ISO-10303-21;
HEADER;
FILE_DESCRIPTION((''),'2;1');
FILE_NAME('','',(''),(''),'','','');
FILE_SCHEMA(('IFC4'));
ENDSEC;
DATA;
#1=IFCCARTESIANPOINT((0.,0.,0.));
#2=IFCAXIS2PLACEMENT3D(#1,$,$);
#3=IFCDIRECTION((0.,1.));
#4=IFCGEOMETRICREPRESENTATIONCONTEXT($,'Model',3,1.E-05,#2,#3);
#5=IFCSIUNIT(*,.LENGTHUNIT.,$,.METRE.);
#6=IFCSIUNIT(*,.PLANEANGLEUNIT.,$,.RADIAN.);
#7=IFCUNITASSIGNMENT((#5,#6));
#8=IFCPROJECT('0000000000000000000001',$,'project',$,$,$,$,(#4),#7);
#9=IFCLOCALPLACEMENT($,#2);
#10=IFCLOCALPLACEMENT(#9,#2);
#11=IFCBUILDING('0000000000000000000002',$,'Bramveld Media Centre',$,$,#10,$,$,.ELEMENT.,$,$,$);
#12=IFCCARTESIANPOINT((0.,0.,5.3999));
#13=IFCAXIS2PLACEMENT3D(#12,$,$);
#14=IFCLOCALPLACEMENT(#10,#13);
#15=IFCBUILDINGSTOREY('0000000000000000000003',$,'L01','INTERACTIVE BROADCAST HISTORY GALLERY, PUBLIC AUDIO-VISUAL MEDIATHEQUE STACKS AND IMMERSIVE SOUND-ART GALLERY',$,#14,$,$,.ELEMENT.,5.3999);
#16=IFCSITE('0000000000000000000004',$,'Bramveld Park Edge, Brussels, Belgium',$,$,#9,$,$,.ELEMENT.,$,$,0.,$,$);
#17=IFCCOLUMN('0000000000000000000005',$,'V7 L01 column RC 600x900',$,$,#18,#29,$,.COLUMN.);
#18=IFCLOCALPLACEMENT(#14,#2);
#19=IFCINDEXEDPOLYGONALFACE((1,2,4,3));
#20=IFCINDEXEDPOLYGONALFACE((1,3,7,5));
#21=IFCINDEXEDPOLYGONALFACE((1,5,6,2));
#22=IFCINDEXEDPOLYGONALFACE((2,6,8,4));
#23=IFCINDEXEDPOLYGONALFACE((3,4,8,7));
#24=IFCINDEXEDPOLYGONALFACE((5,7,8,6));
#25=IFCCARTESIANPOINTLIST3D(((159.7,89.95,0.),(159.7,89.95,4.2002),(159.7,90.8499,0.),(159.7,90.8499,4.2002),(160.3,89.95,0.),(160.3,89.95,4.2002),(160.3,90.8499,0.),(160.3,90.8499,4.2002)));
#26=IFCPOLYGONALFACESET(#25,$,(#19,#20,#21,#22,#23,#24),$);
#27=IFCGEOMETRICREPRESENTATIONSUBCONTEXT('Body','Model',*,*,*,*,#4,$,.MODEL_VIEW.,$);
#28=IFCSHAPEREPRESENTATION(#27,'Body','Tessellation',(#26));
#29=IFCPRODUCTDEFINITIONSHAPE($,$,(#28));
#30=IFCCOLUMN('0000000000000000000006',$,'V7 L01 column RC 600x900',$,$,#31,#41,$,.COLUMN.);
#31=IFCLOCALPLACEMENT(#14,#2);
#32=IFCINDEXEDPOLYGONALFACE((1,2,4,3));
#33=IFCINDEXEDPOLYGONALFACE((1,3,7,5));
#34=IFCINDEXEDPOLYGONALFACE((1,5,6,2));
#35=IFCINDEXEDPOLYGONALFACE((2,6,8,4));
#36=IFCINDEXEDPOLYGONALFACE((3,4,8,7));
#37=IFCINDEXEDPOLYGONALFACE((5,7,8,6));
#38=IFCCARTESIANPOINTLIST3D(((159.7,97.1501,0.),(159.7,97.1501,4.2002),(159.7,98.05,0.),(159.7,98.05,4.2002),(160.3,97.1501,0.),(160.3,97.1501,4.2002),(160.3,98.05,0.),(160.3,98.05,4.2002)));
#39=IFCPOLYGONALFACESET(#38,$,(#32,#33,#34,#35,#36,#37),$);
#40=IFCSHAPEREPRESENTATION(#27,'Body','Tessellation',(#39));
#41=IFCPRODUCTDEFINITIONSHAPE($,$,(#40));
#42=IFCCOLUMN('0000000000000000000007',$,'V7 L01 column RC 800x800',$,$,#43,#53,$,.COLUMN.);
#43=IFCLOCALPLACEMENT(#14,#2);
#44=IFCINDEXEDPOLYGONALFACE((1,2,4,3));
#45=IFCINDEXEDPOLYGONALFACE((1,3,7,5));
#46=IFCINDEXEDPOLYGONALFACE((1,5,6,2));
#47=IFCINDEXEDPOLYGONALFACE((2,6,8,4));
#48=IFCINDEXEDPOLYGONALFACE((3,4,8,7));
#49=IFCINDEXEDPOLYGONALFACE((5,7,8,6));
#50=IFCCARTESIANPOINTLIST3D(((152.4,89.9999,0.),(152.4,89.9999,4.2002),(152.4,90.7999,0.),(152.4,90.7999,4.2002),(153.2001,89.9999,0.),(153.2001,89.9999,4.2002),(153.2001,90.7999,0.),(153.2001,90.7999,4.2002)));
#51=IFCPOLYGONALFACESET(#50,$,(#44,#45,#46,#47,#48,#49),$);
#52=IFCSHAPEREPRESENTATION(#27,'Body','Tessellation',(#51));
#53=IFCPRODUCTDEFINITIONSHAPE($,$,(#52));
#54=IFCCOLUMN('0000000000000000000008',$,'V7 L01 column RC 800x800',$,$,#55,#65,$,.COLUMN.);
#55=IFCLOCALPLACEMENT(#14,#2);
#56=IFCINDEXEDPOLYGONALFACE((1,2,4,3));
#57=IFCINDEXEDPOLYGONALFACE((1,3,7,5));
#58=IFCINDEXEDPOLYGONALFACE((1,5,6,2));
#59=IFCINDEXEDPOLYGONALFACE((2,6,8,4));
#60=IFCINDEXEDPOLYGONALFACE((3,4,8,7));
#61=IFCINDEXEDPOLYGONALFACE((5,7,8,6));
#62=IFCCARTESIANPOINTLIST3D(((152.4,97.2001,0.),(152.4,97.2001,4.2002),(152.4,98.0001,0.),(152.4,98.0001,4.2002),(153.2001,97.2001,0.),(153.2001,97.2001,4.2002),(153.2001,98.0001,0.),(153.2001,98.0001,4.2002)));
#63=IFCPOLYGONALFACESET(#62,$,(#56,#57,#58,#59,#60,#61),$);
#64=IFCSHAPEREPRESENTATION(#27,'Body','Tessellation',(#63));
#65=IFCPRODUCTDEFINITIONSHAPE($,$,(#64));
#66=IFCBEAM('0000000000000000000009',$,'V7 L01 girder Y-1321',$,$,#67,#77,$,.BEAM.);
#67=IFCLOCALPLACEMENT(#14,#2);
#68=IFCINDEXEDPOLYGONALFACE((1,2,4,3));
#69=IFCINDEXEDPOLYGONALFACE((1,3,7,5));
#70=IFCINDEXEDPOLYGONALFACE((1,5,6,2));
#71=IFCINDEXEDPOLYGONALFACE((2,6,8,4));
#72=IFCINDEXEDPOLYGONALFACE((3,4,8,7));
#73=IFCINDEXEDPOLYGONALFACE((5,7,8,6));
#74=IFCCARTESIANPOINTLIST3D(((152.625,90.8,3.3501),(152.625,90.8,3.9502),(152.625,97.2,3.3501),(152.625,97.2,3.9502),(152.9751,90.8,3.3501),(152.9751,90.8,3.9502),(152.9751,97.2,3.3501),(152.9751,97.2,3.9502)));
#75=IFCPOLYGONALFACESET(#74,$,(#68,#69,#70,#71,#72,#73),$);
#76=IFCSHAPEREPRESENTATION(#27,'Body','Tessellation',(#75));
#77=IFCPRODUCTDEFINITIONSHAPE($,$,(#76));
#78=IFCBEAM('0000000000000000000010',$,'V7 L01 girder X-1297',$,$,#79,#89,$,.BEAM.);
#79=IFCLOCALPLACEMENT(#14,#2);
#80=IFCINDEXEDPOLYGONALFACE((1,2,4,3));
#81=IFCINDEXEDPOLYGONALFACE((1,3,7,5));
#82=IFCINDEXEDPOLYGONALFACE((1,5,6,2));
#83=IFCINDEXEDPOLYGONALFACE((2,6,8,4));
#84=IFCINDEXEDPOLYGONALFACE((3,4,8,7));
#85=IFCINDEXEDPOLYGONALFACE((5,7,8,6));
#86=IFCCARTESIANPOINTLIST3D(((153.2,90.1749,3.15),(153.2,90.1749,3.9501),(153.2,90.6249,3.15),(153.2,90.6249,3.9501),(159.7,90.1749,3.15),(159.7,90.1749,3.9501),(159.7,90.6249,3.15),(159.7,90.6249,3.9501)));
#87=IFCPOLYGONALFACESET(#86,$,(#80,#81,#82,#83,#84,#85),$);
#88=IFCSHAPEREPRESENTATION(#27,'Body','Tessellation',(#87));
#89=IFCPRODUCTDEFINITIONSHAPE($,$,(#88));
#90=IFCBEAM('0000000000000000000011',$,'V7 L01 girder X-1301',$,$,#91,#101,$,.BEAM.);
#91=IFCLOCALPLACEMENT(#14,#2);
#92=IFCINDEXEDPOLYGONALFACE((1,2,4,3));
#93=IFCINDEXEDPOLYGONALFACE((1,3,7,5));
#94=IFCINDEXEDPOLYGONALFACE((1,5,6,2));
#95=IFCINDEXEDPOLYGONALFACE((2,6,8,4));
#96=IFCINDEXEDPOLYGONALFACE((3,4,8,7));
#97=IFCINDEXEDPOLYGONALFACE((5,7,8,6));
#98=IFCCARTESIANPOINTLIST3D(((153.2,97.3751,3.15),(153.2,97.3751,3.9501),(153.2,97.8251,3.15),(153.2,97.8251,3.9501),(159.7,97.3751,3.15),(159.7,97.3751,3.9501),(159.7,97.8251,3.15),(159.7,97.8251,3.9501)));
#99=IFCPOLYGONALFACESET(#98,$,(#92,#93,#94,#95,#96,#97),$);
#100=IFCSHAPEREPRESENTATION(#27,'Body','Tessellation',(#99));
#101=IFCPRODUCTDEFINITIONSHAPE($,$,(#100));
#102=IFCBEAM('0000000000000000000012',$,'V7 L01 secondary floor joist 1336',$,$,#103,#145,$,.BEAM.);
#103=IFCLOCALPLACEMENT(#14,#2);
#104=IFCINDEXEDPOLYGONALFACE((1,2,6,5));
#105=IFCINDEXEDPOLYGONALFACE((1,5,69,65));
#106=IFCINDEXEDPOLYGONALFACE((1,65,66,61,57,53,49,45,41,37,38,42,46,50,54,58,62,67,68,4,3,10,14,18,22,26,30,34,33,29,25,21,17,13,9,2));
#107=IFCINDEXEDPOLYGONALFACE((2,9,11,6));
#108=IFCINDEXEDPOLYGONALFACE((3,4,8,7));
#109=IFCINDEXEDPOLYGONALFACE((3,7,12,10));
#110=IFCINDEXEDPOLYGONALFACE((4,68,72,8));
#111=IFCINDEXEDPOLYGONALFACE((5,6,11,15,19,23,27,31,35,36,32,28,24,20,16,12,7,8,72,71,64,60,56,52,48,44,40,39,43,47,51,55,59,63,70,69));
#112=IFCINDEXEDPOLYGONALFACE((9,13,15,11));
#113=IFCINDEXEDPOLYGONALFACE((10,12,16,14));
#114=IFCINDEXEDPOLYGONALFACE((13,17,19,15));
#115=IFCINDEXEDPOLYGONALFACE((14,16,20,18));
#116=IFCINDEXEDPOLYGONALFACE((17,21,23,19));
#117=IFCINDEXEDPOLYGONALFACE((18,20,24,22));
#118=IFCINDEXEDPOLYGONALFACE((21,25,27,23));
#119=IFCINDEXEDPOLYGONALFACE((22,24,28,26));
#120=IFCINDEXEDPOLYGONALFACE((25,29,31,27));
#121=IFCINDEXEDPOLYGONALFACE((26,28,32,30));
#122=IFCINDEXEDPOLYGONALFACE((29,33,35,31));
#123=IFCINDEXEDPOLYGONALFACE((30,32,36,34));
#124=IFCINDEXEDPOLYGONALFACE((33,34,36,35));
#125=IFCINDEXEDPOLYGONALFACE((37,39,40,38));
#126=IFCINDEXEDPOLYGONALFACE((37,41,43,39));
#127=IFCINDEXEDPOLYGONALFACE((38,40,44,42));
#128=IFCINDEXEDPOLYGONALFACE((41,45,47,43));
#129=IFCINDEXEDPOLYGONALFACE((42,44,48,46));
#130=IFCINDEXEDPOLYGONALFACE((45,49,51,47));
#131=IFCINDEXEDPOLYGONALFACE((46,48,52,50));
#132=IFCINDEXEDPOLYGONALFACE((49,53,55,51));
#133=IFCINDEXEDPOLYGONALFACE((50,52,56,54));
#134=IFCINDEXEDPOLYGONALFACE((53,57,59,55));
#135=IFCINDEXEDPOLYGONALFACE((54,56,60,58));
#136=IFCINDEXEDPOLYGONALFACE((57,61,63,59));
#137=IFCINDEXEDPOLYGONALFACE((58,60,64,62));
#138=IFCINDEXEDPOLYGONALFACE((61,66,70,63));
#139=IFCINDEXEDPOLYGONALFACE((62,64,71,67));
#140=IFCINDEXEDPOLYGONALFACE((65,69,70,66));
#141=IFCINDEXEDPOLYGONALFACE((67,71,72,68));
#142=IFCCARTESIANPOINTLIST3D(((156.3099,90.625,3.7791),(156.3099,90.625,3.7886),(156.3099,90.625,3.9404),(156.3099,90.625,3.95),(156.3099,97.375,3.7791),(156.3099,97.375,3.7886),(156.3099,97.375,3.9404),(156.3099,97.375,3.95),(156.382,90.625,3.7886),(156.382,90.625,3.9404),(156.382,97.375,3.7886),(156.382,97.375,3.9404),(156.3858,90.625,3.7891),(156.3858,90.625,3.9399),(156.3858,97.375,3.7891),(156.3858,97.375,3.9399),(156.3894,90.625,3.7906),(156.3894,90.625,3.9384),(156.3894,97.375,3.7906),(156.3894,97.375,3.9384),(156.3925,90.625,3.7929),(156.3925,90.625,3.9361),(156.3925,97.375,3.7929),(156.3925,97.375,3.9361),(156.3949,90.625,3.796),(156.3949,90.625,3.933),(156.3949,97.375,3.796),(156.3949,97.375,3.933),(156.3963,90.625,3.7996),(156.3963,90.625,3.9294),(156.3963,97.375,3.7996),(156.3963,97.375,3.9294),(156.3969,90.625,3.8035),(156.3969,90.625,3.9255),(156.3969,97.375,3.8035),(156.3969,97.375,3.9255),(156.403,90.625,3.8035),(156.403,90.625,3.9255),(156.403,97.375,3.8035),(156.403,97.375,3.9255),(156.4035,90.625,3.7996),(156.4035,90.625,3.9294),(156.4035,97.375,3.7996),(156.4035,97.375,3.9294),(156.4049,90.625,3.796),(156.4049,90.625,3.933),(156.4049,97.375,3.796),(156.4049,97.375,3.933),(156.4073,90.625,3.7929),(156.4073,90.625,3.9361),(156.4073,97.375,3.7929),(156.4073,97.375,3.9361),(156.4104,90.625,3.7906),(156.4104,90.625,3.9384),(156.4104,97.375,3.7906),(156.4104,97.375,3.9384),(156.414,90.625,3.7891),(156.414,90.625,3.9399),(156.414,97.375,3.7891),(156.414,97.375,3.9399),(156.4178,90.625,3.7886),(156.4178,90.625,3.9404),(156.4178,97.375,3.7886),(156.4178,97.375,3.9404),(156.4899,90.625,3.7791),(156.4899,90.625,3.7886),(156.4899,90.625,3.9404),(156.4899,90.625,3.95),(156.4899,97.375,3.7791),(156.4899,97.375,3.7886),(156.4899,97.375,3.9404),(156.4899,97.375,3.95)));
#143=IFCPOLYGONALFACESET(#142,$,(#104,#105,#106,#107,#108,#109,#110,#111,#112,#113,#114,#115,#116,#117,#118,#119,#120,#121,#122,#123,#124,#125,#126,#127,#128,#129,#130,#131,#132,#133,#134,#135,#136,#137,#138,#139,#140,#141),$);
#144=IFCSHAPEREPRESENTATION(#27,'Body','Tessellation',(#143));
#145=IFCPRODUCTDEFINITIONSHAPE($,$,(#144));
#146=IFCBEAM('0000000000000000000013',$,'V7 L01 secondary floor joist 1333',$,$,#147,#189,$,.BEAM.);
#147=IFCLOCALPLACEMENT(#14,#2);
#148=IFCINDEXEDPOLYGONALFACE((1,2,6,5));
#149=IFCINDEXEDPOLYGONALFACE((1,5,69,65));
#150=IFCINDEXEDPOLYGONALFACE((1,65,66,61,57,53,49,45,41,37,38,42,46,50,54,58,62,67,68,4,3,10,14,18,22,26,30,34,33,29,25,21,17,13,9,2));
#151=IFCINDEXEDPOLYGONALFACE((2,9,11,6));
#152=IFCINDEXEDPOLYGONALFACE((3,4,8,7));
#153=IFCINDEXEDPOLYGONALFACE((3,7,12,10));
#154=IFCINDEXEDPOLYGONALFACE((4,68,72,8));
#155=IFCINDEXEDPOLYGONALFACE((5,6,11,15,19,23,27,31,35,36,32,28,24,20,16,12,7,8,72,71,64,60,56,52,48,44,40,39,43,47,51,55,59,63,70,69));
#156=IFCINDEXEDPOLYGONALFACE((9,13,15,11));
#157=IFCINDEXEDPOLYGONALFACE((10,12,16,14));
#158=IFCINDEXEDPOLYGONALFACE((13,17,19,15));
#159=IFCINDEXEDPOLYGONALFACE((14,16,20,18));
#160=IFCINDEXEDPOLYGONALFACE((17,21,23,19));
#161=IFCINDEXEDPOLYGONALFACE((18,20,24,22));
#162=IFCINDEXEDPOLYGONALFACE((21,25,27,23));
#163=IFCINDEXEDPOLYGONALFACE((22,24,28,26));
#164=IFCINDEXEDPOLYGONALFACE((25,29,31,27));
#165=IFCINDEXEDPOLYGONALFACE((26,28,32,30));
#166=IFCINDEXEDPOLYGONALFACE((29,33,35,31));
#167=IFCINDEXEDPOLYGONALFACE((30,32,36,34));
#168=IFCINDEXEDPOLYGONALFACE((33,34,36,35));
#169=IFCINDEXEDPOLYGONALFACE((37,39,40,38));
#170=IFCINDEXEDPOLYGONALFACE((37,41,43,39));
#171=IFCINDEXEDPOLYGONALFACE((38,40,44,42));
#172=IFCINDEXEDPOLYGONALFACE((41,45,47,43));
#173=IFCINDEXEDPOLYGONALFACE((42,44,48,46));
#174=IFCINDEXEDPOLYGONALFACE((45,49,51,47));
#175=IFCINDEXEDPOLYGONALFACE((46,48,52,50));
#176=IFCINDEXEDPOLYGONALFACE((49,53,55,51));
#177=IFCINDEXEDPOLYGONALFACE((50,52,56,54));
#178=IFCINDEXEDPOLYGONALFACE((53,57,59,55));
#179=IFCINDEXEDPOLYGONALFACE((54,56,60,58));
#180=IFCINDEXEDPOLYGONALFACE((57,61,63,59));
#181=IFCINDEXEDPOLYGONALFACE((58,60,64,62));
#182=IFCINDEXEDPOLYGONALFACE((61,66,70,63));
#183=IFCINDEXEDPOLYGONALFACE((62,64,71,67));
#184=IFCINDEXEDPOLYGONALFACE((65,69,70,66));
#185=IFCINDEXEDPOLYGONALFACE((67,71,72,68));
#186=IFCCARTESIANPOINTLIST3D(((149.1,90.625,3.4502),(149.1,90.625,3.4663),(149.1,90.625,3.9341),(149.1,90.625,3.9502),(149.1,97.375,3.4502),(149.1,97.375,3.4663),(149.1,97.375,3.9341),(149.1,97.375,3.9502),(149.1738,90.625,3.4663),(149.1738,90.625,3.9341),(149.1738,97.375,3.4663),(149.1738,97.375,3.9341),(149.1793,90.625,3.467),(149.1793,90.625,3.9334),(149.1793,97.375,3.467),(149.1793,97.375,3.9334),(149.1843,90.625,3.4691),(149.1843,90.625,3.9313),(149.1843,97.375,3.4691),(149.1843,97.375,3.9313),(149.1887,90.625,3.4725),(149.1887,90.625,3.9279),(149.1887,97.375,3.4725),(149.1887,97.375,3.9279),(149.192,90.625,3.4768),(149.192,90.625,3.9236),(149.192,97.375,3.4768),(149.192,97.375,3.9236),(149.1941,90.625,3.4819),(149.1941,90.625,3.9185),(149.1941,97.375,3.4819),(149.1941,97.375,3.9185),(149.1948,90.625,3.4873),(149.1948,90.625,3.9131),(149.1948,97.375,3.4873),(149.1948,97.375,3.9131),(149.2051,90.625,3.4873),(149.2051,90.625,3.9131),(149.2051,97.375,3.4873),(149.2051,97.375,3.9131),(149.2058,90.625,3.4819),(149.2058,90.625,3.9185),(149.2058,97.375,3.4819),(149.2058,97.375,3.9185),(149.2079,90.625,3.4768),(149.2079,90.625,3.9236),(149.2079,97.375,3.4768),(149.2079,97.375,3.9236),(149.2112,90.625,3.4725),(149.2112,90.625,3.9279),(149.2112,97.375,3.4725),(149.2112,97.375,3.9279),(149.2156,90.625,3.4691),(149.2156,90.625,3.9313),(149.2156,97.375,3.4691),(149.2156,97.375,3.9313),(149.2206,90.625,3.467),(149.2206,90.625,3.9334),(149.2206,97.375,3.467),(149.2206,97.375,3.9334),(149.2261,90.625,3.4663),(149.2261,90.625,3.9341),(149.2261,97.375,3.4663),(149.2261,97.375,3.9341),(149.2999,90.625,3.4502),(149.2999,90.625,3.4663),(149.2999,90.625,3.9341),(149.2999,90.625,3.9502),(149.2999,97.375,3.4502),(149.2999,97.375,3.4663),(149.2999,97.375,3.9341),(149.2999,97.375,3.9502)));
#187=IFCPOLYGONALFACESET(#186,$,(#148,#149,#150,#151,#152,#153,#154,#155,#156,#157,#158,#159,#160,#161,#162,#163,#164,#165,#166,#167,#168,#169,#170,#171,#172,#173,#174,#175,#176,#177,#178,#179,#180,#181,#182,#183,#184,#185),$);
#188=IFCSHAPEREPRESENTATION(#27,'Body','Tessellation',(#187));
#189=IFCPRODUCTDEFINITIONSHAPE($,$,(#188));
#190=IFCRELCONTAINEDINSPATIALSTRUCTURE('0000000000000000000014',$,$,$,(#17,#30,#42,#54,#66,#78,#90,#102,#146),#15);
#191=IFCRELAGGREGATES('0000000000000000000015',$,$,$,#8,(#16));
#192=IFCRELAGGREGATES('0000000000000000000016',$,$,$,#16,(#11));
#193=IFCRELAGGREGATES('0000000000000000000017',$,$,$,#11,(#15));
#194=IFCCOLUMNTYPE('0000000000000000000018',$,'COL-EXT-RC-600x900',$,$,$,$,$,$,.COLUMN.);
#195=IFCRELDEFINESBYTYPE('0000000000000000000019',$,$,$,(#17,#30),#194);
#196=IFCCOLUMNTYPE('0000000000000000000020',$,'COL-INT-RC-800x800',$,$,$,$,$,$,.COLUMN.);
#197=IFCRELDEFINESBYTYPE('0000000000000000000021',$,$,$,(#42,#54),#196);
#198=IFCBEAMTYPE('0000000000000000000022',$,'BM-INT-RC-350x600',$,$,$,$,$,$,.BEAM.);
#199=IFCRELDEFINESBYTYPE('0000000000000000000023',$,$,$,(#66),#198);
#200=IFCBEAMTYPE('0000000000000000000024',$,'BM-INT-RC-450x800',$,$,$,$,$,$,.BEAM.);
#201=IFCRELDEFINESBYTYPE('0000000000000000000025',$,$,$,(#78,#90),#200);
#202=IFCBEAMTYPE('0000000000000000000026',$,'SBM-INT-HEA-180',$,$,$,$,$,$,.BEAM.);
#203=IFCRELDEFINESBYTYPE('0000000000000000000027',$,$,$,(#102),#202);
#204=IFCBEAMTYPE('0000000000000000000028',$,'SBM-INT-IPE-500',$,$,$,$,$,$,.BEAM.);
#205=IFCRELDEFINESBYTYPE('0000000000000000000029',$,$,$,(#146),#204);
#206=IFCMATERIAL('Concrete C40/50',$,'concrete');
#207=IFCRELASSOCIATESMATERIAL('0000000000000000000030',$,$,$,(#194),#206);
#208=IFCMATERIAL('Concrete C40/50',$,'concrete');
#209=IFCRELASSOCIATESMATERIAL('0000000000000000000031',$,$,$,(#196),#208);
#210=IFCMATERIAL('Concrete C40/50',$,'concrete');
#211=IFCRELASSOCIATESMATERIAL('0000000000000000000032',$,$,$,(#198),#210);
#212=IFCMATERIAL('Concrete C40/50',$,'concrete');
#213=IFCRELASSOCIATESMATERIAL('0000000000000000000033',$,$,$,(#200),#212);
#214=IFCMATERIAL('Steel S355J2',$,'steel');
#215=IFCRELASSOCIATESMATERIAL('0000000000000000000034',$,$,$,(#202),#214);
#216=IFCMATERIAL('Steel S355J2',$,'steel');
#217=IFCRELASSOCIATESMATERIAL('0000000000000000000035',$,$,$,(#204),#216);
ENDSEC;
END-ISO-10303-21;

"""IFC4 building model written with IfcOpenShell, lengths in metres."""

from ifc_helpers import new_model, si_unit, direction, frame, origin, origin_2d, place, context, subcontext, project, spatial, rectangle, i_section, extrude, material, material_profile, profile_set, type_object, element, save


model = new_model("IFC4")

# Units and contexts
model_context = context("Model", 3, precision=1e-05, world=origin(), true_north=direction((0.0, 1.0)))
body_context = subcontext(model_context, "Body", "Model", "MODEL_VIEW")
ifc_project = project(units=[si_unit("LENGTHUNIT", "METRE"), si_unit("PLANEANGLEUNIT", "RADIAN")], contexts=[model_context])

# Site, building, storey
site_placement = place(None, origin())
site = spatial("IfcSite", under=ifc_project, at=site_placement, Name="Bramveld Park Edge, Brussels, Belgium", CompositionType="ELEMENT", RefElevation=0.0)
building_placement = place(site_placement, origin())
building = spatial("IfcBuilding", under=site, at=building_placement, Name="Bramveld Media Centre", CompositionType="ELEMENT")
storey_placement = place(building_placement, frame((0.0, 0.0, 5.3999)))
storey = spatial("IfcBuildingStorey", under=building, at=storey_placement, Name="L01", Description="INTERACTIVE BROADCAST HISTORY GALLERY, PUBLIC AUDIO-VISUAL MEDIATHEQUE STACKS AND IMMERSIVE SOUND-ART GALLERY", CompositionType="ELEMENT", Elevation=5.3999)

# Columns
ifc_material_1 = material(Name="Concrete C40/50", Category="concrete")
ifc_material_profile_1 = material_profile(ifc_material_1, rectangle(XDim=0.6001, YDim=0.8999, at=origin_2d()), Name="RC 600x900")
ifc_profile_set_1 = profile_set([ifc_material_profile_1], Name="Concrete C40/50")
column_type_1 = type_object("IfcColumnType", Name="COL-EXT-RC-600x900", PredefinedType="COLUMN", material=ifc_profile_set_1)
for number, where, z_axis, x_axis, name in (
    (1, (160.0, 90.3999, 0.0), (0.0, 0.0, 1.0), (1.0, 0.0, 0.0), "V7 L01 column RC 600x900"),
    (2, (160.0, 97.6001, 0.0), (0.0, 0.0, 1.0), (1.0, 0.0, 0.0), "V7 L01 column RC 600x900"),
):
    element("IfcColumn", number, at=place(storey_placement, frame(where, z_axis=z_axis, x_axis=x_axis)), inside=storey, type_object=column_type_1, Name=name, PredefinedType="COLUMN", context=body_context, shape_type="SweptSolid", body=[
        extrude(rectangle(XDim=0.6001, YDim=0.8999, at=origin_2d()), origin(), (0.0, 0.0, 1.0), 4.2002),
    ])
ifc_material_2 = material(Name="Concrete C40/50", Category="concrete")
ifc_material_profile_2 = material_profile(ifc_material_2, rectangle(XDim=0.8, YDim=0.8, at=origin_2d()), Name="RC 800x800")
ifc_profile_set_2 = profile_set([ifc_material_profile_2], Name="Concrete C40/50")
column_type_2 = type_object("IfcColumnType", Name="COL-INT-RC-800x800", PredefinedType="COLUMN", material=ifc_profile_set_2)
for number, where, z_axis, x_axis, name in (
    (3, (152.8, 90.3999, 0.0), (0.0, 0.0, 1.0), (1.0, 0.0, 0.0), "V7 L01 column RC 800x800"),
    (4, (152.8, 97.6001, 0.0), (0.0, 0.0, 1.0), (1.0, 0.0, 0.0), "V7 L01 column RC 800x800"),
):
    element("IfcColumn", number, at=place(storey_placement, frame(where, z_axis=z_axis, x_axis=x_axis)), inside=storey, type_object=column_type_2, Name=name, PredefinedType="COLUMN", context=body_context, shape_type="SweptSolid", body=[
        extrude(rectangle(XDim=0.8, YDim=0.8, at=origin_2d()), origin(), (0.0, 0.0, 1.0), 4.2002),
    ])

# Beams
ifc_material_3 = material(Name="Concrete C40/50", Category="concrete")
ifc_material_profile_3 = material_profile(ifc_material_3, rectangle(XDim=0.3501, YDim=0.6001, at=origin_2d()), Name="RC 350x600")
ifc_profile_set_3 = profile_set([ifc_material_profile_3], Name="Concrete C40/50")
beam_type_1 = type_object("IfcBeamType", Name="BM-INT-RC-350x600", PredefinedType="BEAM", material=ifc_profile_set_3)
beam_1_placement = place(storey_placement, frame((152.8, 90.8, 3.6501), z_axis=(0.0, 1.0, 0.0), x_axis=(-1.0, 0.0, 0.0)))
element("IfcBeam", 5, at=beam_1_placement, inside=storey, type_object=beam_type_1, Name="V7 L01 girder Y-1321", PredefinedType="BEAM", context=body_context, shape_type="SweptSolid", body=[
    extrude(rectangle(XDim=0.3501, YDim=0.6001, at=origin_2d()), origin(), (0.0, 0.0, 1.0), 6.3999),
])
ifc_material_4 = material(Name="Concrete C40/50", Category="concrete")
ifc_material_profile_4 = material_profile(ifc_material_4, rectangle(XDim=0.45, YDim=0.8, at=origin_2d()), Name="RC 450x800")
ifc_profile_set_4 = profile_set([ifc_material_profile_4], Name="Concrete C40/50")
beam_type_2 = type_object("IfcBeamType", Name="BM-INT-RC-450x800", PredefinedType="BEAM", material=ifc_profile_set_4)
for number, where, z_axis, x_axis, name in (
    (6, (153.2, 90.3999, 3.55), (1.0, 0.0, 0.0), (0.0, 1.0, 0.0), "V7 L01 girder X-1297"),
    (7, (153.2, 97.6001, 3.55), (1.0, 0.0, 0.0), (0.0, 1.0, 0.0), "V7 L01 girder X-1301"),
):
    element("IfcBeam", number, at=place(storey_placement, frame(where, z_axis=z_axis, x_axis=x_axis)), inside=storey, type_object=beam_type_2, Name=name, PredefinedType="BEAM", context=body_context, shape_type="SweptSolid", body=[
        extrude(rectangle(XDim=0.45, YDim=0.8, at=origin_2d()), origin(), (0.0, 0.0, 1.0), 6.5),
    ])
ifc_material_5 = material(Name="Steel S355J2", Category="steel")
ifc_material_profile_5 = material_profile(ifc_material_5, i_section(OverallWidth=0.1799, OverallDepth=0.1709, WebThickness=0.0061, FlangeThickness=0.0095, FilletRadius=0.0149, at=origin_2d()), Name="HEA 180")
ifc_profile_set_5 = profile_set([ifc_material_profile_5], Name="Steel S355J2")
beam_type_3 = type_object("IfcBeamType", Name="SBM-INT-HEA-180", PredefinedType="BEAM", material=ifc_profile_set_5)
beam_2_placement = place(storey_placement, frame((156.3999, 90.625, 3.8645), z_axis=(0.0, 1.0, 0.0), x_axis=(-1.0, 0.0, 0.0)))
element("IfcBeam", 8, at=beam_2_placement, inside=storey, type_object=beam_type_3, Name="V7 L01 secondary floor joist 1336", PredefinedType="BEAM", context=body_context, shape_type="SweptSolid", body=[
    extrude(i_section(OverallWidth=0.1799, OverallDepth=0.1709, WebThickness=0.0061, FlangeThickness=0.0095, FilletRadius=0.0149, at=origin_2d()), origin(), (0.0, 0.0, 1.0), 6.75),
])
ifc_material_6 = material(Name="Steel S355J2", Category="steel")
ifc_material_profile_6 = material_profile(ifc_material_6, i_section(OverallWidth=0.2, OverallDepth=0.5, WebThickness=0.0103, FlangeThickness=0.0161, FilletRadius=0.021, at=origin_2d()), Name="IPE 500")
ifc_profile_set_6 = profile_set([ifc_material_profile_6], Name="Steel S355J2")
beam_type_4 = type_object("IfcBeamType", Name="SBM-INT-IPE-500", PredefinedType="BEAM", material=ifc_profile_set_6)
beam_3_placement = place(storey_placement, frame((149.2, 90.625, 3.7002), z_axis=(0.0, 1.0, 0.0), x_axis=(-1.0, 0.0, 0.0)))
element("IfcBeam", 9, at=beam_3_placement, inside=storey, type_object=beam_type_4, Name="V7 L01 secondary floor joist 1333", PredefinedType="BEAM", context=body_context, shape_type="SweptSolid", body=[
    extrude(i_section(OverallWidth=0.2, OverallDepth=0.5, WebThickness=0.0103, FlangeThickness=0.0161, FilletRadius=0.021, at=origin_2d()), origin(), (0.0, 0.0, 1.0), 6.75),
])

save(model, "model.ifc")
